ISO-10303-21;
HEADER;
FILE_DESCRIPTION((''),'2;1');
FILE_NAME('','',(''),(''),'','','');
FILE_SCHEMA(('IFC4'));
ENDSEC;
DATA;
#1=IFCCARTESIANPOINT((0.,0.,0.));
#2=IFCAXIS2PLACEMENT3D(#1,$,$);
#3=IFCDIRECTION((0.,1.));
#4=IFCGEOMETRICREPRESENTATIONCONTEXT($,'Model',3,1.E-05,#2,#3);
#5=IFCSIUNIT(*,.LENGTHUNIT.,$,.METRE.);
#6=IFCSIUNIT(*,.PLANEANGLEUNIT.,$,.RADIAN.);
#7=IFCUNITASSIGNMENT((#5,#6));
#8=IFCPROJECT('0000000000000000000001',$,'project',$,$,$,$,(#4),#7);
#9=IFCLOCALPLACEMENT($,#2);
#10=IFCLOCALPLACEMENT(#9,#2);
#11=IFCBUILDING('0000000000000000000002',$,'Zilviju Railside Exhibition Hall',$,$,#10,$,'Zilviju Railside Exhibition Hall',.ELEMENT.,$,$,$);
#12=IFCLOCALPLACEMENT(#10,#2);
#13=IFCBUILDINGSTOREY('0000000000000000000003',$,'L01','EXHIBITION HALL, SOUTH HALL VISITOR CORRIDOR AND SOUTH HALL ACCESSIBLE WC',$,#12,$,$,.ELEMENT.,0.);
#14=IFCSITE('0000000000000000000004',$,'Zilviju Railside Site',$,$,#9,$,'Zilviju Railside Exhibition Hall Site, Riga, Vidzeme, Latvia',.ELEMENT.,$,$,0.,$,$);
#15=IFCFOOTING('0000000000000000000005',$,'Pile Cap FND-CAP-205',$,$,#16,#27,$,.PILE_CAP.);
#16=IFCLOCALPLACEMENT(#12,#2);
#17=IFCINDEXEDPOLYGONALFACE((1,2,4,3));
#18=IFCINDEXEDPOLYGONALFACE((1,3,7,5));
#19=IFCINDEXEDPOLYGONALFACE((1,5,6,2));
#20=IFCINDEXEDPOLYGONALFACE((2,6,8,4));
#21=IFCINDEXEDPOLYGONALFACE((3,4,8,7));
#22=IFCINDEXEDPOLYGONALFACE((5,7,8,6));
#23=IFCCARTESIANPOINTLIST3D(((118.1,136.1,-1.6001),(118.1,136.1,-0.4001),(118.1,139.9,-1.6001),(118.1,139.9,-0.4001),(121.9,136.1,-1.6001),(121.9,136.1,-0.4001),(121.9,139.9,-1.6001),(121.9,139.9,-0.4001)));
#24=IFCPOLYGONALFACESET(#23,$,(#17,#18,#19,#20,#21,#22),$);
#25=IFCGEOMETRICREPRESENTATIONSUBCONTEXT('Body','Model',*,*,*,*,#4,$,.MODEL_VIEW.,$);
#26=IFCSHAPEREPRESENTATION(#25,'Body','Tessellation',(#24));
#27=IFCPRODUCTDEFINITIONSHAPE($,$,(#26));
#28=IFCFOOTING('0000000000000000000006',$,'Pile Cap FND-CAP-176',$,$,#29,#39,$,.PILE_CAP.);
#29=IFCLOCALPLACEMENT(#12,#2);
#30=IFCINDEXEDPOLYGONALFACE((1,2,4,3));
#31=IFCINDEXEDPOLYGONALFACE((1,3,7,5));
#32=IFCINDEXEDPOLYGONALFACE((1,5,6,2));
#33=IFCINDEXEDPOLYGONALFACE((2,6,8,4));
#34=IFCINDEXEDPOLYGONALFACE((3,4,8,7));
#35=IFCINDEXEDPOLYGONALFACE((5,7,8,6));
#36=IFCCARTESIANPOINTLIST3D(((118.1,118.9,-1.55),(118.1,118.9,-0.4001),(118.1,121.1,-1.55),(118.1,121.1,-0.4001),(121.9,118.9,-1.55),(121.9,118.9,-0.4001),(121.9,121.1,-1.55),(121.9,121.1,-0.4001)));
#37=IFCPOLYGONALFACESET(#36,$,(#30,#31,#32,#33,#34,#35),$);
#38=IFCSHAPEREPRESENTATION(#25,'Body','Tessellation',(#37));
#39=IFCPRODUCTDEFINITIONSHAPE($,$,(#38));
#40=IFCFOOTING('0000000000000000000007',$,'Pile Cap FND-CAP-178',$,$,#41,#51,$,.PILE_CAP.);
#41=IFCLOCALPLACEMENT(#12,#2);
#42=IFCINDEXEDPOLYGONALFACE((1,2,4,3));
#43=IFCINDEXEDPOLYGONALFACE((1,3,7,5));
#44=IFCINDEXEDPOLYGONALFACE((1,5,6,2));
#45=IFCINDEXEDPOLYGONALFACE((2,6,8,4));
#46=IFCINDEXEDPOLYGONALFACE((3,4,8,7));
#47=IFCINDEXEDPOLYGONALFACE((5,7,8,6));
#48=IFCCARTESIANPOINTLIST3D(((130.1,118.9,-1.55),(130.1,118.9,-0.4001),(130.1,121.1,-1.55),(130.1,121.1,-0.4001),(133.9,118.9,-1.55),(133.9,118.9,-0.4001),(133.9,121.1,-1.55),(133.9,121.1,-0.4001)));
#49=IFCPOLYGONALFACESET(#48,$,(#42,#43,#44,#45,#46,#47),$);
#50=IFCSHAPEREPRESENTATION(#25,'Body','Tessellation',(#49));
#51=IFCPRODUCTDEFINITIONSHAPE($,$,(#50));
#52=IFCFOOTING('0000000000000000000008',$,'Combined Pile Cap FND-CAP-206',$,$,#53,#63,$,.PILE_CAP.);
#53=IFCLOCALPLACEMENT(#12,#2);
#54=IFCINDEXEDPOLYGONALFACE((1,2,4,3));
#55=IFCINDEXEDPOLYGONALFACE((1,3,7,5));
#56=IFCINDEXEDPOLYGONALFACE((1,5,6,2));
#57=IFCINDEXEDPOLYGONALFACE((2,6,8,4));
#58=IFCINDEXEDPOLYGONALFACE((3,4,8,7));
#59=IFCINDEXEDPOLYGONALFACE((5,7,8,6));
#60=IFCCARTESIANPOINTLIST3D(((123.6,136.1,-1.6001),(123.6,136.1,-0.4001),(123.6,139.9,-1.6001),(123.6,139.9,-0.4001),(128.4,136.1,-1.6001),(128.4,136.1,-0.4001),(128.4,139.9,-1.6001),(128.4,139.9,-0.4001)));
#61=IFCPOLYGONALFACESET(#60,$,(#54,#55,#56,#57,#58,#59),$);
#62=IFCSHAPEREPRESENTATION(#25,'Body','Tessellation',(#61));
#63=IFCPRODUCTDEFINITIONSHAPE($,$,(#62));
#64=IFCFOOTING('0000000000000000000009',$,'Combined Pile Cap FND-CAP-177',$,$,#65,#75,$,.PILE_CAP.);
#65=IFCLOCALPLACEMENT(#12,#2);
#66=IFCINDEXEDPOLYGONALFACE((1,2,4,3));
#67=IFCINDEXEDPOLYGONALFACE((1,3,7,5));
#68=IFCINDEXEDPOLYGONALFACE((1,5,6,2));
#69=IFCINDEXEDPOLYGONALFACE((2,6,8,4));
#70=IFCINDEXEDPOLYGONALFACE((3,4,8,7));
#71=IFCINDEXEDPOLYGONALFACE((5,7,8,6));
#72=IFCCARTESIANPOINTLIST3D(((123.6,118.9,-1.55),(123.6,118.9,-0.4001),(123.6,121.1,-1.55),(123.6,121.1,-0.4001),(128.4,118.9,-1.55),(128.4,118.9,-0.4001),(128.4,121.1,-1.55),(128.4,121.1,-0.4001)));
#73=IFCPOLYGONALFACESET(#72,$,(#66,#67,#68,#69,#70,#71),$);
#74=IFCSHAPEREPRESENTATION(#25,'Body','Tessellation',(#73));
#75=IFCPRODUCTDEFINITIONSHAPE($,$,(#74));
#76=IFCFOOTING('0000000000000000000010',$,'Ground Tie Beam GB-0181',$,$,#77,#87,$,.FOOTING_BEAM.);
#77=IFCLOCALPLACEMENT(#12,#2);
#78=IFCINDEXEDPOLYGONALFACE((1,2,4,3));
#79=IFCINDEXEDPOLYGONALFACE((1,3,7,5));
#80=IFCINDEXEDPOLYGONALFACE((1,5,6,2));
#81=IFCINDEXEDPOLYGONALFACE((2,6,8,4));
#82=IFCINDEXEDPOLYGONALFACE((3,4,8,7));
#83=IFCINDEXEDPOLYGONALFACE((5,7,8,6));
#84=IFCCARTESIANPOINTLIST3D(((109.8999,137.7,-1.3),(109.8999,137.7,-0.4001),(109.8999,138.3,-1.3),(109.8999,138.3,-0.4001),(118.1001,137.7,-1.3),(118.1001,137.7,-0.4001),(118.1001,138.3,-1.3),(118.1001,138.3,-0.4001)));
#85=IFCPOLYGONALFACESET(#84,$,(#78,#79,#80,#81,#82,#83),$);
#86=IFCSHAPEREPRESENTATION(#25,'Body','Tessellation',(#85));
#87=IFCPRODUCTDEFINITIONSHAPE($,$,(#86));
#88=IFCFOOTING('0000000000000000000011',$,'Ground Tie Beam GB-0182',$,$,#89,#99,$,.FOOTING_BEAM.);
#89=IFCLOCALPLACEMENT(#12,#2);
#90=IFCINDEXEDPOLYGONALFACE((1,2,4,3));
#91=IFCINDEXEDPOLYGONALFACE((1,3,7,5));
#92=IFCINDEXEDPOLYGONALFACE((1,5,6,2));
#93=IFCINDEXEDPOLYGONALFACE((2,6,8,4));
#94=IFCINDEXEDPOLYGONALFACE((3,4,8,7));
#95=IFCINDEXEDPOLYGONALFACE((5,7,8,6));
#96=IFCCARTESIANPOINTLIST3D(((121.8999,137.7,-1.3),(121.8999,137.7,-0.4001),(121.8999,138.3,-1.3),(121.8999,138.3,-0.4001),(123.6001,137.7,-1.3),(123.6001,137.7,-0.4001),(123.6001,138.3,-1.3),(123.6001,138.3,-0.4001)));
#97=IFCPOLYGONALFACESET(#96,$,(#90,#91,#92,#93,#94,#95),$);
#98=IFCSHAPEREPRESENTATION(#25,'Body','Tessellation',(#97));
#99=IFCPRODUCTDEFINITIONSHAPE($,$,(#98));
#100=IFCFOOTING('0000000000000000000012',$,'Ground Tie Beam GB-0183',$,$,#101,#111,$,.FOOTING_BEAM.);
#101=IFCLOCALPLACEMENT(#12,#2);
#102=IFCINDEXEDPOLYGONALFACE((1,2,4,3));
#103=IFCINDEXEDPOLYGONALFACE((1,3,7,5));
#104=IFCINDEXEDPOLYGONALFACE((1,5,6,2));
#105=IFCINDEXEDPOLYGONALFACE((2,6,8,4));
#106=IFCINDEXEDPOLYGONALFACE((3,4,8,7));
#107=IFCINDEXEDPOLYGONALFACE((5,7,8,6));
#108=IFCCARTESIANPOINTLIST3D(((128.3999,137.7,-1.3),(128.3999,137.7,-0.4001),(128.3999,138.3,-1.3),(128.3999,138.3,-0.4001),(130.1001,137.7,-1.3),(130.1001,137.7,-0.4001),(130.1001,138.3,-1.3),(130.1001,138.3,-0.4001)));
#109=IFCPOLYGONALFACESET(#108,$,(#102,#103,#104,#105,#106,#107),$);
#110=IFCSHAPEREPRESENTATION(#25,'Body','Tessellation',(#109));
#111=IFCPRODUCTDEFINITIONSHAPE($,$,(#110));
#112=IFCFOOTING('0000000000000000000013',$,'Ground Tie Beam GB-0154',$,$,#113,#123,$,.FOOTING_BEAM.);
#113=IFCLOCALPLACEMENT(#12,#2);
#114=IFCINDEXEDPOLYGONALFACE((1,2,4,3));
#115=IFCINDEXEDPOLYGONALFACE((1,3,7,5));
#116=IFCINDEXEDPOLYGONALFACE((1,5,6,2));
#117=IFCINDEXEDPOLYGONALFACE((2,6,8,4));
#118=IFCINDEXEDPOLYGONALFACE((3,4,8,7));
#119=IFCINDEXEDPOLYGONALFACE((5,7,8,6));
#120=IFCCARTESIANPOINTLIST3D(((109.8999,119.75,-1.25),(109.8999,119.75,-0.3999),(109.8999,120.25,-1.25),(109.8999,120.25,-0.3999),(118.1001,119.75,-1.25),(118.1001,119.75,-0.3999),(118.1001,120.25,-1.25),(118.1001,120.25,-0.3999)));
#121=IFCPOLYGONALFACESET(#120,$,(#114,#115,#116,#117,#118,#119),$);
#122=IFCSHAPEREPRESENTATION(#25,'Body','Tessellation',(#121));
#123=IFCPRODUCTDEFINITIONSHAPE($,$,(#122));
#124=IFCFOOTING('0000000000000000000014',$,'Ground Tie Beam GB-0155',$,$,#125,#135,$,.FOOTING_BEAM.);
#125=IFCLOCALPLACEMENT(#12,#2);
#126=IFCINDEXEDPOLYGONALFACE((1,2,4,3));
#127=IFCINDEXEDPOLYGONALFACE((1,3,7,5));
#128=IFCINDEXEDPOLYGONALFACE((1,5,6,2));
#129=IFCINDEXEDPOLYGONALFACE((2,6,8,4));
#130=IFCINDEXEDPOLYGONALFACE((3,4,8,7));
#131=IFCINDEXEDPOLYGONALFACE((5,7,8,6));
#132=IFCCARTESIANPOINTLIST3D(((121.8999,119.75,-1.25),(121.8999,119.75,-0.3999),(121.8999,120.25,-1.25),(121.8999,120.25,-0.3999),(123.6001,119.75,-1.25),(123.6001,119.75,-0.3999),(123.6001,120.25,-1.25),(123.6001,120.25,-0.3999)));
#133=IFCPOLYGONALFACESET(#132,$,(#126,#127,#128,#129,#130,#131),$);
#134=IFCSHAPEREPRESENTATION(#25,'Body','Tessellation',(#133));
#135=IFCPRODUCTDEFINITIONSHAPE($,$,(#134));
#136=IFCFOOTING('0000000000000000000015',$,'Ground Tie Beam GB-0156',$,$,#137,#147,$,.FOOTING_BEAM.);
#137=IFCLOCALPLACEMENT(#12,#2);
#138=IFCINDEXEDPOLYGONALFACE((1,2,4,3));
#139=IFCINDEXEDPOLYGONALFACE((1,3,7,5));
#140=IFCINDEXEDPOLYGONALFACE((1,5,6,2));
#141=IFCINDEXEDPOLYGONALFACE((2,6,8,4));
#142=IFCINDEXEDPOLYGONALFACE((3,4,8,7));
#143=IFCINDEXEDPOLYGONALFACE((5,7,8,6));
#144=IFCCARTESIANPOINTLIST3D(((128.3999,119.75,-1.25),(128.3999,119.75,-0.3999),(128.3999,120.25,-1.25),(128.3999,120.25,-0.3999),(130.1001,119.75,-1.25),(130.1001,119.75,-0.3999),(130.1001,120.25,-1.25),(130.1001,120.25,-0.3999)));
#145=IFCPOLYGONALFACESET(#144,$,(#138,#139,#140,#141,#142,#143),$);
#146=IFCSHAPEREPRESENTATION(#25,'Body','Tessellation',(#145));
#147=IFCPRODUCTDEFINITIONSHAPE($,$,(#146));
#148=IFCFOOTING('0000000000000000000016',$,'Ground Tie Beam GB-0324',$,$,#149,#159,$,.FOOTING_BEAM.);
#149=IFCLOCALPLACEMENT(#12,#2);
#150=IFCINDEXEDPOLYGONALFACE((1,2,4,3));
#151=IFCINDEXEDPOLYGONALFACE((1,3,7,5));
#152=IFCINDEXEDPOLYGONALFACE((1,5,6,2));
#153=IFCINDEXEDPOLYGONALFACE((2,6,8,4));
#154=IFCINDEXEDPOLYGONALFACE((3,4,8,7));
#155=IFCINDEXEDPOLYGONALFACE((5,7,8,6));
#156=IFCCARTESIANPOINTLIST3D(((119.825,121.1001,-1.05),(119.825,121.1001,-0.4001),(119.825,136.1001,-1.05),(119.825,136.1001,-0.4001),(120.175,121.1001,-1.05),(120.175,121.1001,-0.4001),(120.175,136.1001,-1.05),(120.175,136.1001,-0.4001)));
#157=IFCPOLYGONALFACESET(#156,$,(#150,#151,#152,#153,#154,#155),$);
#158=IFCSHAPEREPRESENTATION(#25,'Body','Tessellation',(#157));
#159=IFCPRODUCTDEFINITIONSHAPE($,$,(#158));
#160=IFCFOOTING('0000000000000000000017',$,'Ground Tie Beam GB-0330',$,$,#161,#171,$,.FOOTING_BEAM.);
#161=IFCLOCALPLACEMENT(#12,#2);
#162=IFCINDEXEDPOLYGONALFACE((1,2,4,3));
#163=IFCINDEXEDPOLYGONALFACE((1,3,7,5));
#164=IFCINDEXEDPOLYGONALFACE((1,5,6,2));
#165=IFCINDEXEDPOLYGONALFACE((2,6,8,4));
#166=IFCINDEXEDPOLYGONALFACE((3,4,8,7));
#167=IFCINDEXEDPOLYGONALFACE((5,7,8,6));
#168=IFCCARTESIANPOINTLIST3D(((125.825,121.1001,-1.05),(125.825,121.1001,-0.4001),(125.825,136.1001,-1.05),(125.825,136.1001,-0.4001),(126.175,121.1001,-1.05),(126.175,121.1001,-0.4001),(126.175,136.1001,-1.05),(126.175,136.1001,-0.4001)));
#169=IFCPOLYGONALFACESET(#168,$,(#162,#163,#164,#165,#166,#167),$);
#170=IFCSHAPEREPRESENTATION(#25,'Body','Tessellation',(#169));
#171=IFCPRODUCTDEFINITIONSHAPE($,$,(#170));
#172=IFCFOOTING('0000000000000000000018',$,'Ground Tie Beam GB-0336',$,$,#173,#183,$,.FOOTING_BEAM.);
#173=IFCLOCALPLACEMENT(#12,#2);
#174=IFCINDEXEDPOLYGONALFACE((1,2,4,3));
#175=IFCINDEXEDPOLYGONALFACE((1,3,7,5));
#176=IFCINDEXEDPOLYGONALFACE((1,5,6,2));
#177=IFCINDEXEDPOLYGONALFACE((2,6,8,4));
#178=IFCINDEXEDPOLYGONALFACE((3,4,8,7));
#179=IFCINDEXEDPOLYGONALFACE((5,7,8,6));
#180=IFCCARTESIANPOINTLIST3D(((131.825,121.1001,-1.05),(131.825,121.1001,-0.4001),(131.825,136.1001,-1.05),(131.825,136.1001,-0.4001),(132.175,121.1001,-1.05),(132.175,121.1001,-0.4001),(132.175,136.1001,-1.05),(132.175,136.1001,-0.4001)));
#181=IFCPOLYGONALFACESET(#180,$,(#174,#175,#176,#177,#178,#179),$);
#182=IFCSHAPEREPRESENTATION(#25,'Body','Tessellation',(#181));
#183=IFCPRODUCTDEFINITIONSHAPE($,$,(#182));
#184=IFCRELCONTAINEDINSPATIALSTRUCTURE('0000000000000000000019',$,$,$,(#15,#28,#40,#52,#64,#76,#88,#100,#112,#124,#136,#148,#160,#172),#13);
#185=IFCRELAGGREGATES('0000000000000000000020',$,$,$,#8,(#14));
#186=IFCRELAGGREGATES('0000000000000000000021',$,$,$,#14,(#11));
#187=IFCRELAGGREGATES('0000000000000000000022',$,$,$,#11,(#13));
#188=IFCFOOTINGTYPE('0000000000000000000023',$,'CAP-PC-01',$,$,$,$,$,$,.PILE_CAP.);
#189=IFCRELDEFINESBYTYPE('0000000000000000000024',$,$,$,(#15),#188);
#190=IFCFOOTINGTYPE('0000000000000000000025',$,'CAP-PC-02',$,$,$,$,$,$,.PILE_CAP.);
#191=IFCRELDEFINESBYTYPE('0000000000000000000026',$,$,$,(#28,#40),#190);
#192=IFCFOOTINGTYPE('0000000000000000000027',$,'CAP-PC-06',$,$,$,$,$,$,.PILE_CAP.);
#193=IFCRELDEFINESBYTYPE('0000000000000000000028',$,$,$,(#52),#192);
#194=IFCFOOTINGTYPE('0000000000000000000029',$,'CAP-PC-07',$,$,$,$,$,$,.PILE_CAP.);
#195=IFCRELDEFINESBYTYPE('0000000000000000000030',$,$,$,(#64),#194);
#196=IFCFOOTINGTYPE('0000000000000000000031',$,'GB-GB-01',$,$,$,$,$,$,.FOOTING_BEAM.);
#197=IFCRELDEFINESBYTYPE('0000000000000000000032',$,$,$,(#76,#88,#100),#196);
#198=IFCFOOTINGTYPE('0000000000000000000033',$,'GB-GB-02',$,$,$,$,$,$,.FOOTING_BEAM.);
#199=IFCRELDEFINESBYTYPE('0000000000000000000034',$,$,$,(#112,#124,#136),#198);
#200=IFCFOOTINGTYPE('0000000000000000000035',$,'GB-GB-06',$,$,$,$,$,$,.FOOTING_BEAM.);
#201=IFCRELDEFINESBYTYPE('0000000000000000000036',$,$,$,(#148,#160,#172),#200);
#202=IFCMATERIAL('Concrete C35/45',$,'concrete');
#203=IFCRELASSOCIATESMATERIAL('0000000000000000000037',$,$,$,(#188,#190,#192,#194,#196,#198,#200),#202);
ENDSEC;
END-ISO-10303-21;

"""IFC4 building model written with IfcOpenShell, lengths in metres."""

from ifc_helpers import new_model, si_unit, direction, frame, origin, origin_2d, place, context, subcontext, project, spatial, rectangle, extrude, material, material_profile, profile_set, type_object, element, save


model = new_model("IFC4")

# Units and contexts
model_context = context("Model", 3, precision=1e-05, world=origin(), true_north=direction((0.0, 1.0)))
body_context = subcontext(model_context, "Body", "Model", "MODEL_VIEW")
ifc_project = project(units=[si_unit("LENGTHUNIT", "METRE"), si_unit("PLANEANGLEUNIT", "RADIAN")], contexts=[model_context])

# Site, building, storey
site_placement = place(None, origin())
site = spatial("IfcSite", under=ifc_project, at=site_placement, Name="Zilviju Railside Site", LongName="Zilviju Railside Exhibition Hall Site, Riga, Vidzeme, Latvia", CompositionType="ELEMENT", RefElevation=0.0)
building_placement = place(site_placement, origin())
building = spatial("IfcBuilding", under=site, at=building_placement, Name="Zilviju Railside Exhibition Hall", LongName="Zilviju Railside Exhibition Hall", CompositionType="ELEMENT")
storey_placement = place(building_placement, origin())
storey = spatial("IfcBuildingStorey", under=building, at=storey_placement, Name="L01", Description="EXHIBITION HALL, SOUTH HALL VISITOR CORRIDOR AND SOUTH HALL ACCESSIBLE WC", CompositionType="ELEMENT", Elevation=0.0)

# Footings
ifc_material_1 = material(Name="Concrete C35/45", Category="concrete")
footing_type_1 = type_object("IfcFootingType", Name="CAP-PC-01", PredefinedType="PILE_CAP", material=ifc_material_1)
footing_1_placement = place(storey_placement, frame((120.0, 138.0, -1.6001), z_axis=(0.0, 0.0, 1.0), x_axis=(1.0, 0.0, 0.0)))
element("IfcFooting", 1, at=footing_1_placement, inside=storey, type_object=footing_type_1, Name="Pile Cap FND-CAP-205", PredefinedType="PILE_CAP", context=body_context, shape_type="SweptSolid", body=[
    extrude(rectangle(XDim=3.8, YDim=3.8, at=origin_2d()), origin(), (0.0, 0.0, 1.0), 1.2),
])
footing_type_2 = type_object("IfcFootingType", Name="CAP-PC-02", PredefinedType="PILE_CAP", material=ifc_material_1)
for number, where, z_axis, x_axis, name in (
    (2, (120.0, 120.0, -1.55), (0.0, 0.0, 1.0), (1.0, 0.0, 0.0), "Pile Cap FND-CAP-176"),
    (3, (132.0, 120.0, -1.55), (0.0, 0.0, 1.0), (1.0, 0.0, 0.0), "Pile Cap FND-CAP-178"),
):
    element("IfcFooting", number, at=place(storey_placement, frame(where, z_axis=z_axis, x_axis=x_axis)), inside=storey, type_object=footing_type_2, Name=name, PredefinedType="PILE_CAP", context=body_context, shape_type="SweptSolid", body=[
        extrude(rectangle(XDim=3.8, YDim=2.2, at=origin_2d()), origin(), (0.0, 0.0, 1.0), 1.1499),
    ])
footing_type_3 = type_object("IfcFootingType", Name="CAP-PC-06", PredefinedType="PILE_CAP", material=ifc_material_1)
footing_2_placement = place(storey_placement, frame((126.0, 138.0, -1.6001), z_axis=(0.0, 0.0, 1.0), x_axis=(1.0, 0.0, 0.0)))
element("IfcFooting", 4, at=footing_2_placement, inside=storey, type_object=footing_type_3, Name="Combined Pile Cap FND-CAP-206", PredefinedType="PILE_CAP", context=body_context, shape_type="SweptSolid", body=[
    extrude(rectangle(XDim=4.8, YDim=3.8, at=origin_2d()), origin(), (0.0, 0.0, 1.0), 1.2),
])
footing_type_4 = type_object("IfcFootingType", Name="CAP-PC-07", PredefinedType="PILE_CAP", material=ifc_material_1)
footing_3_placement = place(storey_placement, frame((126.0, 120.0, -1.55), z_axis=(0.0, 0.0, 1.0), x_axis=(1.0, 0.0, 0.0)))
element("IfcFooting", 5, at=footing_3_placement, inside=storey, type_object=footing_type_4, Name="Combined Pile Cap FND-CAP-177", PredefinedType="PILE_CAP", context=body_context, shape_type="SweptSolid", body=[
    extrude(rectangle(XDim=4.8, YDim=2.2, at=origin_2d()), origin(), (0.0, 0.0, 1.0), 1.1499),
])
ifc_material_profile_1 = material_profile(ifc_material_1, rectangle(XDim=0.6001, YDim=0.8999, at=origin_2d()), Name="TIE BEAM 600x900")
ifc_profile_set_1 = profile_set([ifc_material_profile_1], Name="Concrete C35/45")
footing_type_5 = type_object("IfcFootingType", Name="GB-GB-01", PredefinedType="FOOTING_BEAM", material=ifc_profile_set_1)
footing_4_placement = place(storey_placement, frame((109.8999, 138.0, -0.8501), z_axis=(1.0, 0.0, 0.0), x_axis=(0.0, 1.0, 0.0)))
element("IfcFooting", 6, at=footing_4_placement, inside=storey, type_object=footing_type_5, Name="Ground Tie Beam GB-0181", PredefinedType="FOOTING_BEAM", context=body_context, shape_type="SweptSolid", body=[
    extrude(rectangle(XDim=0.6001, YDim=0.8999, at=origin_2d()), origin(), (0.0, 0.0, 1.0), 8.2002),
])
for number, where, z_axis, x_axis, name in (
    (7, (121.8999, 138.0, -0.8501), (1.0, 0.0, 0.0), (0.0, 1.0, 0.0), "Ground Tie Beam GB-0182"),
    (8, (128.3999, 138.0, -0.8501), (1.0, 0.0, 0.0), (0.0, 1.0, 0.0), "Ground Tie Beam GB-0183"),
):
    element("IfcFooting", number, at=place(storey_placement, frame(where, z_axis=z_axis, x_axis=x_axis)), inside=storey, type_object=footing_type_5, Name=name, PredefinedType="FOOTING_BEAM", context=body_context, shape_type="SweptSolid", body=[
        extrude(rectangle(XDim=0.6001, YDim=0.8999, at=origin_2d()), origin(), (0.0, 0.0, 1.0), 1.7002),
    ])
ifc_material_profile_2 = material_profile(ifc_material_1, rectangle(XDim=0.5, YDim=0.8501, at=origin_2d()), Name="TIE BEAM 500x850")
ifc_profile_set_2 = profile_set([ifc_material_profile_2], Name="Concrete C35/45")
footing_type_6 = type_object("IfcFootingType", Name="GB-GB-02", PredefinedType="FOOTING_BEAM", material=ifc_profile_set_2)
footing_5_placement = place(storey_placement, frame((109.8999, 120.0, -0.825), z_axis=(1.0, 0.0, 0.0), x_axis=(0.0, 1.0, 0.0)))
element("IfcFooting", 9, at=footing_5_placement, inside=storey, type_object=footing_type_6, Name="Ground Tie Beam GB-0154", PredefinedType="FOOTING_BEAM", context=body_context, shape_type="SweptSolid", body=[
    extrude(rectangle(XDim=0.5, YDim=0.8501, at=origin_2d()), origin(), (0.0, 0.0, 1.0), 8.2002),
])
for number, where, z_axis, x_axis, name in (
    (10, (121.8999, 120.0, -0.825), (1.0, 0.0, 0.0), (0.0, 1.0, 0.0), "Ground Tie Beam GB-0155"),
    (11, (128.3999, 120.0, -0.825), (1.0, 0.0, 0.0), (0.0, 1.0, 0.0), "Ground Tie Beam GB-0156"),
):
    element("IfcFooting", number, at=place(storey_placement, frame(where, z_axis=z_axis, x_axis=x_axis)), inside=storey, type_object=footing_type_6, Name=name, PredefinedType="FOOTING_BEAM", context=body_context, shape_type="SweptSolid", body=[
        extrude(rectangle(XDim=0.5, YDim=0.8501, at=origin_2d()), origin(), (0.0, 0.0, 1.0), 1.7002),
    ])
ifc_material_profile_3 = material_profile(ifc_material_1, rectangle(XDim=0.3501, YDim=0.6499, at=origin_2d()), Name="TIE BEAM 350x650")
ifc_profile_set_3 = profile_set([ifc_material_profile_3], Name="Concrete C35/45")
footing_type_7 = type_object("IfcFootingType", Name="GB-GB-06", PredefinedType="FOOTING_BEAM", material=ifc_profile_set_3)
for number, where, z_axis, x_axis, name in (
    (12, (120.0, 121.1001, -0.7251), (0.0, 1.0, 0.0), (-1.0, 0.0, 0.0), "Ground Tie Beam GB-0324"),
    (13, (126.0, 121.1001, -0.7251), (0.0, 1.0, 0.0), (-1.0, 0.0, 0.0), "Ground Tie Beam GB-0330"),
    (14, (132.0, 121.1001, -0.7251), (0.0, 1.0, 0.0), (-1.0, 0.0, 0.0), "Ground Tie Beam GB-0336"),
):
    element("IfcFooting", number, at=place(storey_placement, frame(where, z_axis=z_axis, x_axis=x_axis)), inside=storey, type_object=footing_type_7, Name=name, PredefinedType="FOOTING_BEAM", context=body_context, shape_type="SweptSolid", body=[
        extrude(rectangle(XDim=0.3501, YDim=0.6499, at=origin_2d()), origin(), (0.0, 0.0, 1.0), 15.0),
    ])

save(model, "model.ifc")
